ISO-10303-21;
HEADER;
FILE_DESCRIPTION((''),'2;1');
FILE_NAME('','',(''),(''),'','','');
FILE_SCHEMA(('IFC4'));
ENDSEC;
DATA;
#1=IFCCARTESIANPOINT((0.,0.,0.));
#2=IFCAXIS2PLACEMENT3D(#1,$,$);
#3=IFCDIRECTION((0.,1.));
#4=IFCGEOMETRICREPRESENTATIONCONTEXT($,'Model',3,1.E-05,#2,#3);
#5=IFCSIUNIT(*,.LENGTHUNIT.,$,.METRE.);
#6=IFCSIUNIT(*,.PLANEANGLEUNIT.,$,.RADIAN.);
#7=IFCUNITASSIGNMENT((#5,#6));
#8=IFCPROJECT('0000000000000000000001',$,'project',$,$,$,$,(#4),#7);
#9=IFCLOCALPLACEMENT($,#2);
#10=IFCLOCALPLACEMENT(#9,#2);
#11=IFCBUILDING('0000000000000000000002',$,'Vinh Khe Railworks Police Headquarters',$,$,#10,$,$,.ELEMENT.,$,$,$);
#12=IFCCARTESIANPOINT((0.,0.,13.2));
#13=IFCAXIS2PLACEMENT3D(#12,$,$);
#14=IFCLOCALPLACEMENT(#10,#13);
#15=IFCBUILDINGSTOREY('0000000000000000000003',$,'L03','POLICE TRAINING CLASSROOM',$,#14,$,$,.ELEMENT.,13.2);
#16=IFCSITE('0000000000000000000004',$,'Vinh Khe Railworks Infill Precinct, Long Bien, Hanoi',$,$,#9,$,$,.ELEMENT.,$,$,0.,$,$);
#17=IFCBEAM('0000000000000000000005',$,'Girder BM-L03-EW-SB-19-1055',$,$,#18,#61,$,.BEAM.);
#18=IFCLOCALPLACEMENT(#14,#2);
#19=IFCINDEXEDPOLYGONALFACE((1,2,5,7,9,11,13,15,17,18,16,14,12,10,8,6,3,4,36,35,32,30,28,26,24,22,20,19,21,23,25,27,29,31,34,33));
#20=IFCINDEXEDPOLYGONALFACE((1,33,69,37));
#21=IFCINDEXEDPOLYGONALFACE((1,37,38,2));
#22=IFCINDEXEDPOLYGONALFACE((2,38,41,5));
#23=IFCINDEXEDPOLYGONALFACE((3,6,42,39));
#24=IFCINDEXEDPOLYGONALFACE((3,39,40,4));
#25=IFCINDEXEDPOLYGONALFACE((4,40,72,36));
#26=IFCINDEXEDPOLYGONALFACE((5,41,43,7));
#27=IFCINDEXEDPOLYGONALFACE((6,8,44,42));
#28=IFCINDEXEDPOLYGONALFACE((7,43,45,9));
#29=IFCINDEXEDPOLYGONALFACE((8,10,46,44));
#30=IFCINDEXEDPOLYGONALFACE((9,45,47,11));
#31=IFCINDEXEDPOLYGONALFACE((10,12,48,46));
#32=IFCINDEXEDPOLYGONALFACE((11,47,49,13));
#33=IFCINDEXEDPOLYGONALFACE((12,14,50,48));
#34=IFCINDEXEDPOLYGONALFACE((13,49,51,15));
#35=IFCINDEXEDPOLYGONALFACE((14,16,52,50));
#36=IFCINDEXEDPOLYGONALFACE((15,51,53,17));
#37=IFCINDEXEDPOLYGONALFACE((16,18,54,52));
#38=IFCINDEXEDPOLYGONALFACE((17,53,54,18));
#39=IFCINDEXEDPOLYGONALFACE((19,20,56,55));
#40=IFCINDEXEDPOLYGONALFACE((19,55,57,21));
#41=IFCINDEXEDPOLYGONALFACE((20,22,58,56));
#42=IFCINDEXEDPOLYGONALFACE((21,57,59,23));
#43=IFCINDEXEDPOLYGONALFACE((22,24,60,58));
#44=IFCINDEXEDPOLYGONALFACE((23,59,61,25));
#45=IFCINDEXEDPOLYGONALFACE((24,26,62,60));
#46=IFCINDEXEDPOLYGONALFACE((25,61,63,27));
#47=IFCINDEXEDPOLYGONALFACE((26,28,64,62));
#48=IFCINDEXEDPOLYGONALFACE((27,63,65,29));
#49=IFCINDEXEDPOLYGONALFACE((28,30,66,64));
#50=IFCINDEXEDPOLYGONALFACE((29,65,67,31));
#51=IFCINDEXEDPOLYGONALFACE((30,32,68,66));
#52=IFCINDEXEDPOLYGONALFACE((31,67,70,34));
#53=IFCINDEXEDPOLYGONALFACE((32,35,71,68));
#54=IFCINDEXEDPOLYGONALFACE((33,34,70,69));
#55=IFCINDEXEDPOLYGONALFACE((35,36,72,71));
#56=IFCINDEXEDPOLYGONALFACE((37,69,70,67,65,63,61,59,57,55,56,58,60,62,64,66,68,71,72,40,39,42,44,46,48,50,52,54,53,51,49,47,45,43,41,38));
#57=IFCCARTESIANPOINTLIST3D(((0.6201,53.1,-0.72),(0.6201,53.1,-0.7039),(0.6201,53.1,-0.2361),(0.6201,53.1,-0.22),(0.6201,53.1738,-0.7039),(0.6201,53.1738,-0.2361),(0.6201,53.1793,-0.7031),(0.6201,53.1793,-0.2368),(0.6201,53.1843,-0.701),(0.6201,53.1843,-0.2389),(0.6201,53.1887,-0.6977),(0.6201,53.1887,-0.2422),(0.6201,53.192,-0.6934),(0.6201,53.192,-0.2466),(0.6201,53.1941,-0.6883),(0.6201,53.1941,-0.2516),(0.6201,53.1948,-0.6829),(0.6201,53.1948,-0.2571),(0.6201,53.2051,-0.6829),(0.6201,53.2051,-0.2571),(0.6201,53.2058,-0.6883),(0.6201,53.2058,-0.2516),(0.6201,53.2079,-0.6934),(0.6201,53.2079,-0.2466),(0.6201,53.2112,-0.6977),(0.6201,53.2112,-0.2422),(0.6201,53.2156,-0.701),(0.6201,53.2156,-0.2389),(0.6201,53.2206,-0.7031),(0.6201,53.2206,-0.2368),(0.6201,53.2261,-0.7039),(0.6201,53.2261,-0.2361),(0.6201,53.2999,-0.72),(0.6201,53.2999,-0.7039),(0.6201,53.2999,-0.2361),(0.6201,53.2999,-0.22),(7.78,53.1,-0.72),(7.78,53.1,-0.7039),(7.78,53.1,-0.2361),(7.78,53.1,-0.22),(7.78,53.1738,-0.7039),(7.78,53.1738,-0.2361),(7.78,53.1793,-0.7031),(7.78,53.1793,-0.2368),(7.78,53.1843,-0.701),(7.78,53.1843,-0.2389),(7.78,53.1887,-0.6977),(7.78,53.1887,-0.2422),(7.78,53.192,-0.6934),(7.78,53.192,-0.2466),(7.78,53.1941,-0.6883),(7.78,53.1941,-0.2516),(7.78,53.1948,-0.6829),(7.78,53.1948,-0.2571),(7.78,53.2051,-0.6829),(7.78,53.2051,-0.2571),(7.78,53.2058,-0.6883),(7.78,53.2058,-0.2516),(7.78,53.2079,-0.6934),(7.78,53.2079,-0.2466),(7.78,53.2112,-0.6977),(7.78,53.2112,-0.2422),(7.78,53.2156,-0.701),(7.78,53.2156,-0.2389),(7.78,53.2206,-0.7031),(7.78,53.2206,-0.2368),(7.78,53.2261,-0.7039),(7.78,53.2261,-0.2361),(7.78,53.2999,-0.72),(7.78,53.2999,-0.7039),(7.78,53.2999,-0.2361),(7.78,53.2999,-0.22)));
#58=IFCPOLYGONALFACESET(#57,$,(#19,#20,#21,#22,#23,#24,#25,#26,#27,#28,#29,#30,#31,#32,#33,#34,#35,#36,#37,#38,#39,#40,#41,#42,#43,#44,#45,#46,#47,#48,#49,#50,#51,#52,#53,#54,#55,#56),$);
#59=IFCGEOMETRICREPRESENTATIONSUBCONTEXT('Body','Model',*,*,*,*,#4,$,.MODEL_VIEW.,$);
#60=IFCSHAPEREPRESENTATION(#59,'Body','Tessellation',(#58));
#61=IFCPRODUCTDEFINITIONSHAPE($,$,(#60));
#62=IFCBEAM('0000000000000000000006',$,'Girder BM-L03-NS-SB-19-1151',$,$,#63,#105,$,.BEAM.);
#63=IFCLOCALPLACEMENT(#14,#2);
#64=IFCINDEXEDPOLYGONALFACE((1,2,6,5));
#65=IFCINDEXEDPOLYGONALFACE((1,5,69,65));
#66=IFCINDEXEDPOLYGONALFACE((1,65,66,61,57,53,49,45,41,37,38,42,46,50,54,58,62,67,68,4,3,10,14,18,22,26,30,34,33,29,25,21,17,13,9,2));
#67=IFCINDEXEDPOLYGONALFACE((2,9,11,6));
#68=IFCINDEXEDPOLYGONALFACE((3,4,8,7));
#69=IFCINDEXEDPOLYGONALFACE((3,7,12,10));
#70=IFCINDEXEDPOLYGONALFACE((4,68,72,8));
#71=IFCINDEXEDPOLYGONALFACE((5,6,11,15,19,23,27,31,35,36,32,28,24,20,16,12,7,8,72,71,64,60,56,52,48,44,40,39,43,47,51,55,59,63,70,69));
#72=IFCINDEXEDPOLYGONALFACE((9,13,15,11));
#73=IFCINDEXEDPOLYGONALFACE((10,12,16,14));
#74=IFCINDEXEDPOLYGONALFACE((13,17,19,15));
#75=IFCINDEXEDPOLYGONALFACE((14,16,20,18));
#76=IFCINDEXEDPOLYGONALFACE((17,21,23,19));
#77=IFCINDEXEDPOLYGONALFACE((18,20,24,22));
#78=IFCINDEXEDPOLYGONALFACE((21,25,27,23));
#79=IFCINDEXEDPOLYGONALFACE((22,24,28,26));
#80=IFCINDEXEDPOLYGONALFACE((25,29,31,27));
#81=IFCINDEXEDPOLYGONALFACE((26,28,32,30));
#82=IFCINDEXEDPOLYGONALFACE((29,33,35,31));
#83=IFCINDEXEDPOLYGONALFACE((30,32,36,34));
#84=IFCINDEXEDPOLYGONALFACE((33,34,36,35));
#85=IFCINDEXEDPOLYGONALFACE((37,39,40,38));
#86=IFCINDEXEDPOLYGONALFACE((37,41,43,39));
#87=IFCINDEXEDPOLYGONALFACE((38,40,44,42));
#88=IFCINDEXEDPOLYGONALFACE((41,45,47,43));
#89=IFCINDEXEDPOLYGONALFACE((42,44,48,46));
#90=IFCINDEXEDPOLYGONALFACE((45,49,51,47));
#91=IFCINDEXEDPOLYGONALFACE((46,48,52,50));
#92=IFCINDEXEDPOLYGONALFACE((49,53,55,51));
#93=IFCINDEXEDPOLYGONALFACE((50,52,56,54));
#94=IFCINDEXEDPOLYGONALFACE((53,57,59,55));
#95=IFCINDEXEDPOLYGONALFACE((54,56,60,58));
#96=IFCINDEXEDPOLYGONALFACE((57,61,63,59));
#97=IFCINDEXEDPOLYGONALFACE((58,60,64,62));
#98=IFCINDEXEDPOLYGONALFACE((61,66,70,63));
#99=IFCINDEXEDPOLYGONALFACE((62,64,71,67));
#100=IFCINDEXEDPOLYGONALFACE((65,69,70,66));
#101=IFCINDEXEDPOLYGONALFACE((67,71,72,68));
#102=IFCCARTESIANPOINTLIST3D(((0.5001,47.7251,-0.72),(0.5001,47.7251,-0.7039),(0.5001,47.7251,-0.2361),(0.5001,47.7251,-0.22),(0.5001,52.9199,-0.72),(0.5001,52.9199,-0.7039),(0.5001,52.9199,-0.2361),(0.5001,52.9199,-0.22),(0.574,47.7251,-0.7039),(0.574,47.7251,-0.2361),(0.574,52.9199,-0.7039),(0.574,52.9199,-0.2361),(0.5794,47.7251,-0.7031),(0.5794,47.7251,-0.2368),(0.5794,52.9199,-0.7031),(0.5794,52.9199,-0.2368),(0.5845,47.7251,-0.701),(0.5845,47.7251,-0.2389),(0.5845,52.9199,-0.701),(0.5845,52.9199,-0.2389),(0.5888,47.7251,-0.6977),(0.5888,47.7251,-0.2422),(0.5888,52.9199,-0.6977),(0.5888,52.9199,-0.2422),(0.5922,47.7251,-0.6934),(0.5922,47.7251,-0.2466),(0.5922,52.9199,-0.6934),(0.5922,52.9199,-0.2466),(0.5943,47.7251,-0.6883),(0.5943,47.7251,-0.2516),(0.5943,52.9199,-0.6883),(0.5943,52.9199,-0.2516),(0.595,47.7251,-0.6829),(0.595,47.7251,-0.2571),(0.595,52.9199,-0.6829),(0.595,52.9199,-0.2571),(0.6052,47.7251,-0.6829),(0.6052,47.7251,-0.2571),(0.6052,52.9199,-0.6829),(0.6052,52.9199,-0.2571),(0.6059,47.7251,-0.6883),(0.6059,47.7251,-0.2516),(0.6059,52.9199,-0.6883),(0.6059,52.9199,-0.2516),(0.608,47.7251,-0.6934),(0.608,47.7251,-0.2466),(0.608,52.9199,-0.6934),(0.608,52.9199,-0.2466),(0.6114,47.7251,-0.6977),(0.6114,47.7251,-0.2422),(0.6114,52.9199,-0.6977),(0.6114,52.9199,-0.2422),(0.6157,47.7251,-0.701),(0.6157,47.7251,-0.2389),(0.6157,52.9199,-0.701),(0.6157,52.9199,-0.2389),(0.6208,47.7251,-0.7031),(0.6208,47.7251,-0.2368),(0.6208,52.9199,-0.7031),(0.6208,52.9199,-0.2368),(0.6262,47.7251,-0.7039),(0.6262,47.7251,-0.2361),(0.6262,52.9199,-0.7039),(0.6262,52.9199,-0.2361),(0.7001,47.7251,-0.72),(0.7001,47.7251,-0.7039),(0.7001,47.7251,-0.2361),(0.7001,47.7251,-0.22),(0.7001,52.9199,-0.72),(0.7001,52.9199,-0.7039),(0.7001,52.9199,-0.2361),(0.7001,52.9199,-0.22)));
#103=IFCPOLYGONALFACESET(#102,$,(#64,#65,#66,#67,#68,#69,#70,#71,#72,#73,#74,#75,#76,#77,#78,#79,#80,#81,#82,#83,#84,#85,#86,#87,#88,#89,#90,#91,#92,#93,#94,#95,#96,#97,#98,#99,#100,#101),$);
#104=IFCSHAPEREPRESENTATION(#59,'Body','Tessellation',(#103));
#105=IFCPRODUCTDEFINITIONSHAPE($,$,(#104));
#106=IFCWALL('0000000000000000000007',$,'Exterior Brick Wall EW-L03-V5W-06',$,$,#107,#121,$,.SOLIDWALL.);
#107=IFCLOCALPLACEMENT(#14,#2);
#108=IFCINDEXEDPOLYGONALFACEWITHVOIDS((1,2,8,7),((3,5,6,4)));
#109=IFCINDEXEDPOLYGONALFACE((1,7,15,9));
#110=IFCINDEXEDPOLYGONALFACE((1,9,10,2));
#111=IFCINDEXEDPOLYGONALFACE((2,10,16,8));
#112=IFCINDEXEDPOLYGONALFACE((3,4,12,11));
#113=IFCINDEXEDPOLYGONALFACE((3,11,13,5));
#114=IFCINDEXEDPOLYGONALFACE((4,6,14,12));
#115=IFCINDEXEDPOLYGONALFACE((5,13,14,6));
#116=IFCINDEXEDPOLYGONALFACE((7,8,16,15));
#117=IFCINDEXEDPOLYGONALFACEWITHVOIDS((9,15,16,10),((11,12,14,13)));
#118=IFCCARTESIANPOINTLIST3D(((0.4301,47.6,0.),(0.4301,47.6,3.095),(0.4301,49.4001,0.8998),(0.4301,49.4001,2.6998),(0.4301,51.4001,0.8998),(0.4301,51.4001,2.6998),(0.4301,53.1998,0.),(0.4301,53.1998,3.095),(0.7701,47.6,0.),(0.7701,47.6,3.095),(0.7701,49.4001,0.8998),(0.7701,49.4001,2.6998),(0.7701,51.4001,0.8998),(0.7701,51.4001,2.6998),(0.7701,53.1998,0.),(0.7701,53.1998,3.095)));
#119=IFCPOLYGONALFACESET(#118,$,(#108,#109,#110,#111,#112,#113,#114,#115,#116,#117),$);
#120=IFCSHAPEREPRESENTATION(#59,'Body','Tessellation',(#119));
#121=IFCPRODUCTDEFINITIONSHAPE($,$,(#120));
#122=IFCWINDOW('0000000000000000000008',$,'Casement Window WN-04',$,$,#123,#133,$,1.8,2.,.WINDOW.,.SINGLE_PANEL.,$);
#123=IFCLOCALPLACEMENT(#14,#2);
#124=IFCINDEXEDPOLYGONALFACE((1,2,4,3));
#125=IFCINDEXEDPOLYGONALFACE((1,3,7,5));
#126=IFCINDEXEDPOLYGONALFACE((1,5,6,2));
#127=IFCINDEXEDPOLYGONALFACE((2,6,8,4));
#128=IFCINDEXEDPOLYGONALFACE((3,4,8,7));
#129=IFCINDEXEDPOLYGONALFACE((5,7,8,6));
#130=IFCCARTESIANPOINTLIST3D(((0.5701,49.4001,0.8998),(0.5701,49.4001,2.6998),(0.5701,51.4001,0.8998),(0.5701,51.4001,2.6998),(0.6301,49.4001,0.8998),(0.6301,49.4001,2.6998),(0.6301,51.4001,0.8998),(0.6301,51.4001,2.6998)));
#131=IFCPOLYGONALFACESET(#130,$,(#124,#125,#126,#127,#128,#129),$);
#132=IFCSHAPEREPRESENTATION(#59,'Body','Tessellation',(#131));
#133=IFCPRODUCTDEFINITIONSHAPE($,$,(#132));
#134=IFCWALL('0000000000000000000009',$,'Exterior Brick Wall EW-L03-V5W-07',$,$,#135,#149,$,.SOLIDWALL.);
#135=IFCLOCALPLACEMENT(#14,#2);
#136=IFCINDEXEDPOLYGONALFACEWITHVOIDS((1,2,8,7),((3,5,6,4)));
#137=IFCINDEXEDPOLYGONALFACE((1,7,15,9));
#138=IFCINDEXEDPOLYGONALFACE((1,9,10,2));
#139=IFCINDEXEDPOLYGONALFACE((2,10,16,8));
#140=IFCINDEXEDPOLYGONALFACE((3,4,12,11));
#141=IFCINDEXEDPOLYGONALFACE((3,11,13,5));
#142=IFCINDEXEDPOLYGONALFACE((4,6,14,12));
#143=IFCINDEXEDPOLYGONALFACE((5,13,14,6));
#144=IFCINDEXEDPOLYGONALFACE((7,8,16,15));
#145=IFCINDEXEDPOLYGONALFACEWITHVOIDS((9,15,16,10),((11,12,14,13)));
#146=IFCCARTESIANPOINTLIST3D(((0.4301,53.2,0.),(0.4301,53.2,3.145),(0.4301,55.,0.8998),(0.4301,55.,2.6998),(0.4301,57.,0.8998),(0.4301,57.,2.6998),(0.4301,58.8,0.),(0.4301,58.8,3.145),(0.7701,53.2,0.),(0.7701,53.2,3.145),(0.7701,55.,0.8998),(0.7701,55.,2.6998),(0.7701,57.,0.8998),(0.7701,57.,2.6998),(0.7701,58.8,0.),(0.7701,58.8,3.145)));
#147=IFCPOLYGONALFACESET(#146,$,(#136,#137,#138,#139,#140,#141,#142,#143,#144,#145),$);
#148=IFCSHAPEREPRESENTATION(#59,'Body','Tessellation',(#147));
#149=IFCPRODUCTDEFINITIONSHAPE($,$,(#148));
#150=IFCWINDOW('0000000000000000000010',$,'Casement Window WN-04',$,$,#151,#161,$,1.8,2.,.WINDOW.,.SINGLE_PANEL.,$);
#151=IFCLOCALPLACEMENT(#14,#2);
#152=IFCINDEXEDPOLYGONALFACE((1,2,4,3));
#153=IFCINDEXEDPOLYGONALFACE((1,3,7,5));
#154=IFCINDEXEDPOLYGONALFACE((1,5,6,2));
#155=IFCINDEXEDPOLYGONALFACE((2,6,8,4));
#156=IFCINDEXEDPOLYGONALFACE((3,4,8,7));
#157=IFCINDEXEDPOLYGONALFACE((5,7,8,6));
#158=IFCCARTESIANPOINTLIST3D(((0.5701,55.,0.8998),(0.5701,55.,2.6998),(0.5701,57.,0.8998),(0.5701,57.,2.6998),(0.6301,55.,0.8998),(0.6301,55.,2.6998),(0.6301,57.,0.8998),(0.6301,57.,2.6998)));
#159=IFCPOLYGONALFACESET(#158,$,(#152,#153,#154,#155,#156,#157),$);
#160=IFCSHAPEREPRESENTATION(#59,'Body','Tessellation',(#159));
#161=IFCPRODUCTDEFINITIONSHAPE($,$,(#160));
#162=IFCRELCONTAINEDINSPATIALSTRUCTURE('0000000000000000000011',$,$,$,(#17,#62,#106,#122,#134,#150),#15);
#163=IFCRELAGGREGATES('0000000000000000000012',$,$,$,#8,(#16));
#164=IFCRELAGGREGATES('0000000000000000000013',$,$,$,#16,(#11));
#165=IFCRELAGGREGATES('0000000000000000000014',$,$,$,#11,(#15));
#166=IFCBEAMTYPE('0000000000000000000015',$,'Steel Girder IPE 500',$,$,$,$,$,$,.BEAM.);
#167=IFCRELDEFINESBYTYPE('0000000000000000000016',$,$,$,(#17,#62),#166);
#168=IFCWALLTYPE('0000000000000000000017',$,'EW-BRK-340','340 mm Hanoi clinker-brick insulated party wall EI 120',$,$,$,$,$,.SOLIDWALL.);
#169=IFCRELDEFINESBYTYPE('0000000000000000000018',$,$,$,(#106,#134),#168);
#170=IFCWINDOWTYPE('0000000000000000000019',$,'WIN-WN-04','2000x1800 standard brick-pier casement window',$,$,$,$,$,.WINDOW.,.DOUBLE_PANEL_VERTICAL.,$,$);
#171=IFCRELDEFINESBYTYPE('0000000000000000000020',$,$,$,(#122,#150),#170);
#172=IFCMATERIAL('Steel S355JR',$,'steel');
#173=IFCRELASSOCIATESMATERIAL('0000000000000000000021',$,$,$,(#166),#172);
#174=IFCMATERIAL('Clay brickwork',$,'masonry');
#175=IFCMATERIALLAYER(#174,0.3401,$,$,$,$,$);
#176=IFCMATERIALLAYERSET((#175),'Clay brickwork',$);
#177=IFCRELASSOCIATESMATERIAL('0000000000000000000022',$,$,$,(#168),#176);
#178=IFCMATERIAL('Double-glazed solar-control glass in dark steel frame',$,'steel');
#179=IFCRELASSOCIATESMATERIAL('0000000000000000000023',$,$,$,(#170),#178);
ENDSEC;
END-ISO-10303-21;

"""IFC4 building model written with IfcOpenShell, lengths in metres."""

from ifc_helpers import new_model, si_unit, direction, frame, frame_2d, origin, origin_2d, place, context, subcontext, project, spatial, rectangle, i_section, extrude, material, layer, layer_set, material_profile, profile_set, type_object, element, fill, save


model = new_model("IFC4")

# Units and contexts
model_context = context("Model", 3, precision=1e-05, world=origin(), true_north=direction((0.0, 1.0)))
body_context = subcontext(model_context, "Body", "Model", "MODEL_VIEW")
ifc_project = project(units=[si_unit("LENGTHUNIT", "METRE"), si_unit("PLANEANGLEUNIT", "RADIAN")], contexts=[model_context])

# Site, building, storey
site_placement = place(None, origin())
site = spatial("IfcSite", under=ifc_project, at=site_placement, Name="Vinh Khe Railworks Infill Precinct, Long Bien, Hanoi", CompositionType="ELEMENT", RefElevation=0.0)
building_placement = place(site_placement, origin())
building = spatial("IfcBuilding", under=site, at=building_placement, Name="Vinh Khe Railworks Police Headquarters", CompositionType="ELEMENT")
storey_placement = place(building_placement, frame((0.0, 0.0, 13.2)))
storey = spatial("IfcBuildingStorey", under=building, at=storey_placement, Name="L03", Description="POLICE TRAINING CLASSROOM", CompositionType="ELEMENT", Elevation=13.2)

# Shared definitions
ifc_material_1 = material(Name="Steel S355JR", Category="steel")

# Beams
ifc_material_profile_1 = material_profile(ifc_material_1, i_section(OverallWidth=0.2, OverallDepth=0.5, WebThickness=0.0103, FlangeThickness=0.0161, FilletRadius=0.021, at=origin_2d()), Name="IPE 500")
ifc_profile_set_1 = profile_set([ifc_material_profile_1], Name="Steel S355JR")
beam_type_1 = type_object("IfcBeamType", Name="Steel Girder IPE 500", PredefinedType="BEAM", material=ifc_profile_set_1)
beam_1_placement = place(storey_placement, frame((0.6201, 53.2, -0.47), z_axis=(1.0, 0.0, 0.0), x_axis=(0.0, 1.0, 0.0)))
element("IfcBeam", 1, at=beam_1_placement, inside=storey, type_object=beam_type_1, Name="Girder BM-L03-EW-SB-19-1055", PredefinedType="BEAM", context=body_context, shape_type="SweptSolid", body=[
    extrude(i_section(OverallWidth=0.2, OverallDepth=0.5, WebThickness=0.0103, FlangeThickness=0.0161, FilletRadius=0.021, at=origin_2d()), origin(), (0.0, 0.0, 1.0), 7.1599),
])
beam_2_placement = place(storey_placement, frame((0.6001, 47.7251, -0.47), z_axis=(0.0, 1.0, 0.0), x_axis=(-1.0, 0.0, 0.0)))
element("IfcBeam", 2, at=beam_2_placement, inside=storey, type_object=beam_type_1, Name="Girder BM-L03-NS-SB-19-1151", PredefinedType="BEAM", context=body_context, shape_type="SweptSolid", body=[
    extrude(i_section(OverallWidth=0.2, OverallDepth=0.5, WebThickness=0.0103, FlangeThickness=0.0161, FilletRadius=0.021, at=origin_2d()), origin(), (0.0, 0.0, 1.0), 5.1948),
])

# Walls, openings, windows
ifc_material_2 = material(Name="Clay brickwork", Category="masonry")
ifc_layer_1 = layer(ifc_material_2, 0.3401)
ifc_layer_set_1 = layer_set([ifc_layer_1], Name="Clay brickwork")
wall_type_1 = type_object("IfcWallType", Name="EW-BRK-340", Description="340 mm Hanoi clinker-brick insulated party wall EI 120", PredefinedType="SOLIDWALL", material=ifc_layer_set_1)
wall_1_placement = place(storey_placement, frame((0.6001, 47.6001, 0.0), z_axis=(0.0, 0.0, 1.0), x_axis=(0.0, 1.0, 0.0)))
wall_1 = element("IfcWall", 3, at=wall_1_placement, inside=storey, type_object=wall_type_1, Name="Exterior Brick Wall EW-L03-V5W-06", PredefinedType="SOLIDWALL", context=body_context, shape_type="SweptSolid", body=[
    extrude(rectangle(XDim=5.5999, YDim=0.3401, at=frame_2d((2.7998, 0.0))), origin(), (0.0, 0.0, 1.0), 3.095),
])
opening_1_placement = place(wall_1_placement, frame((1.8, 0.0, 0.8999)))
opening_1 = element("IfcOpeningElement", 4, at=opening_1_placement, cuts=wall_1, PredefinedType="OPENING", context=body_context, shape_type="SweptSolid", body=[
    extrude(rectangle(XDim=2.0, YDim=1.8, at=frame_2d((1.0, 0.8999))), frame((0.0, 0.1851, 0.0), z_axis=(0.0, -1.0, 0.0), x_axis=(1.0, 0.0, 0.0)), (0.0, 0.0, 1.0), 0.3699),
])
ifc_material_3 = material(Name="Double-glazed solar-control glass in dark steel frame", Category="steel")
window_type = type_object("IfcWindowType", Name="WIN-WN-04", Description="2000x1800 standard brick-pier casement window", PartitioningType="DOUBLE_PANEL_VERTICAL", PredefinedType="WINDOW", material=ifc_material_3)
window_1_placement = place(opening_1_placement, origin())
window_1 = element("IfcWindow", 5, at=window_1_placement, inside=storey, type_object=window_type, Name="Casement Window WN-04", OverallHeight=1.8, OverallWidth=2.0, PartitioningType="SINGLE_PANEL", PredefinedType="WINDOW", context=body_context, shape_type="SweptSolid", body=[
    extrude(rectangle(XDim=2.0, YDim=1.8, at=frame_2d((1.0, 0.8999))), frame((0.0, 0.03, 0.0), z_axis=(0.0, -1.0, 0.0), x_axis=(1.0, 0.0, 0.0)), (0.0, 0.0, 1.0), 0.0601),
])
fill(opening_1, window_1)
wall_2_placement = place(storey_placement, frame((0.6001, 53.2, 0.0), z_axis=(0.0, 0.0, 1.0), x_axis=(0.0, 1.0, 0.0)))
wall_2 = element("IfcWall", 6, at=wall_2_placement, inside=storey, type_object=wall_type_1, Name="Exterior Brick Wall EW-L03-V5W-07", PredefinedType="SOLIDWALL", context=body_context, shape_type="SweptSolid", body=[
    extrude(rectangle(XDim=5.6001, YDim=0.3401, at=frame_2d((2.8, 0.0))), origin(), (0.0, 0.0, 1.0), 3.145),
])
opening_2_placement = place(wall_2_placement, frame((1.8, 0.0, 0.8999)))
opening_2 = element("IfcOpeningElement", 7, at=opening_2_placement, cuts=wall_2, PredefinedType="OPENING", context=body_context, shape_type="SweptSolid", body=[
    extrude(rectangle(XDim=2.0, YDim=1.8, at=frame_2d((1.0, 0.8999))), frame((0.0, 0.1851, 0.0), z_axis=(0.0, -1.0, 0.0), x_axis=(1.0, 0.0, 0.0)), (0.0, 0.0, 1.0), 0.3699),
])
window_2_placement = place(opening_2_placement, origin())
window_2 = element("IfcWindow", 8, at=window_2_placement, inside=storey, type_object=window_type, Name="Casement Window WN-04", OverallHeight=1.8, OverallWidth=2.0, PartitioningType="SINGLE_PANEL", PredefinedType="WINDOW", context=body_context, shape_type="SweptSolid", body=[
    extrude(rectangle(XDim=2.0, YDim=1.8, at=frame_2d((1.0, 0.8999))), frame((0.0, 0.03, 0.0), z_axis=(0.0, -1.0, 0.0), x_axis=(1.0, 0.0, 0.0)), (0.0, 0.0, 1.0), 0.0601),
])
fill(opening_2, window_2)

save(model, "model.ifc")
